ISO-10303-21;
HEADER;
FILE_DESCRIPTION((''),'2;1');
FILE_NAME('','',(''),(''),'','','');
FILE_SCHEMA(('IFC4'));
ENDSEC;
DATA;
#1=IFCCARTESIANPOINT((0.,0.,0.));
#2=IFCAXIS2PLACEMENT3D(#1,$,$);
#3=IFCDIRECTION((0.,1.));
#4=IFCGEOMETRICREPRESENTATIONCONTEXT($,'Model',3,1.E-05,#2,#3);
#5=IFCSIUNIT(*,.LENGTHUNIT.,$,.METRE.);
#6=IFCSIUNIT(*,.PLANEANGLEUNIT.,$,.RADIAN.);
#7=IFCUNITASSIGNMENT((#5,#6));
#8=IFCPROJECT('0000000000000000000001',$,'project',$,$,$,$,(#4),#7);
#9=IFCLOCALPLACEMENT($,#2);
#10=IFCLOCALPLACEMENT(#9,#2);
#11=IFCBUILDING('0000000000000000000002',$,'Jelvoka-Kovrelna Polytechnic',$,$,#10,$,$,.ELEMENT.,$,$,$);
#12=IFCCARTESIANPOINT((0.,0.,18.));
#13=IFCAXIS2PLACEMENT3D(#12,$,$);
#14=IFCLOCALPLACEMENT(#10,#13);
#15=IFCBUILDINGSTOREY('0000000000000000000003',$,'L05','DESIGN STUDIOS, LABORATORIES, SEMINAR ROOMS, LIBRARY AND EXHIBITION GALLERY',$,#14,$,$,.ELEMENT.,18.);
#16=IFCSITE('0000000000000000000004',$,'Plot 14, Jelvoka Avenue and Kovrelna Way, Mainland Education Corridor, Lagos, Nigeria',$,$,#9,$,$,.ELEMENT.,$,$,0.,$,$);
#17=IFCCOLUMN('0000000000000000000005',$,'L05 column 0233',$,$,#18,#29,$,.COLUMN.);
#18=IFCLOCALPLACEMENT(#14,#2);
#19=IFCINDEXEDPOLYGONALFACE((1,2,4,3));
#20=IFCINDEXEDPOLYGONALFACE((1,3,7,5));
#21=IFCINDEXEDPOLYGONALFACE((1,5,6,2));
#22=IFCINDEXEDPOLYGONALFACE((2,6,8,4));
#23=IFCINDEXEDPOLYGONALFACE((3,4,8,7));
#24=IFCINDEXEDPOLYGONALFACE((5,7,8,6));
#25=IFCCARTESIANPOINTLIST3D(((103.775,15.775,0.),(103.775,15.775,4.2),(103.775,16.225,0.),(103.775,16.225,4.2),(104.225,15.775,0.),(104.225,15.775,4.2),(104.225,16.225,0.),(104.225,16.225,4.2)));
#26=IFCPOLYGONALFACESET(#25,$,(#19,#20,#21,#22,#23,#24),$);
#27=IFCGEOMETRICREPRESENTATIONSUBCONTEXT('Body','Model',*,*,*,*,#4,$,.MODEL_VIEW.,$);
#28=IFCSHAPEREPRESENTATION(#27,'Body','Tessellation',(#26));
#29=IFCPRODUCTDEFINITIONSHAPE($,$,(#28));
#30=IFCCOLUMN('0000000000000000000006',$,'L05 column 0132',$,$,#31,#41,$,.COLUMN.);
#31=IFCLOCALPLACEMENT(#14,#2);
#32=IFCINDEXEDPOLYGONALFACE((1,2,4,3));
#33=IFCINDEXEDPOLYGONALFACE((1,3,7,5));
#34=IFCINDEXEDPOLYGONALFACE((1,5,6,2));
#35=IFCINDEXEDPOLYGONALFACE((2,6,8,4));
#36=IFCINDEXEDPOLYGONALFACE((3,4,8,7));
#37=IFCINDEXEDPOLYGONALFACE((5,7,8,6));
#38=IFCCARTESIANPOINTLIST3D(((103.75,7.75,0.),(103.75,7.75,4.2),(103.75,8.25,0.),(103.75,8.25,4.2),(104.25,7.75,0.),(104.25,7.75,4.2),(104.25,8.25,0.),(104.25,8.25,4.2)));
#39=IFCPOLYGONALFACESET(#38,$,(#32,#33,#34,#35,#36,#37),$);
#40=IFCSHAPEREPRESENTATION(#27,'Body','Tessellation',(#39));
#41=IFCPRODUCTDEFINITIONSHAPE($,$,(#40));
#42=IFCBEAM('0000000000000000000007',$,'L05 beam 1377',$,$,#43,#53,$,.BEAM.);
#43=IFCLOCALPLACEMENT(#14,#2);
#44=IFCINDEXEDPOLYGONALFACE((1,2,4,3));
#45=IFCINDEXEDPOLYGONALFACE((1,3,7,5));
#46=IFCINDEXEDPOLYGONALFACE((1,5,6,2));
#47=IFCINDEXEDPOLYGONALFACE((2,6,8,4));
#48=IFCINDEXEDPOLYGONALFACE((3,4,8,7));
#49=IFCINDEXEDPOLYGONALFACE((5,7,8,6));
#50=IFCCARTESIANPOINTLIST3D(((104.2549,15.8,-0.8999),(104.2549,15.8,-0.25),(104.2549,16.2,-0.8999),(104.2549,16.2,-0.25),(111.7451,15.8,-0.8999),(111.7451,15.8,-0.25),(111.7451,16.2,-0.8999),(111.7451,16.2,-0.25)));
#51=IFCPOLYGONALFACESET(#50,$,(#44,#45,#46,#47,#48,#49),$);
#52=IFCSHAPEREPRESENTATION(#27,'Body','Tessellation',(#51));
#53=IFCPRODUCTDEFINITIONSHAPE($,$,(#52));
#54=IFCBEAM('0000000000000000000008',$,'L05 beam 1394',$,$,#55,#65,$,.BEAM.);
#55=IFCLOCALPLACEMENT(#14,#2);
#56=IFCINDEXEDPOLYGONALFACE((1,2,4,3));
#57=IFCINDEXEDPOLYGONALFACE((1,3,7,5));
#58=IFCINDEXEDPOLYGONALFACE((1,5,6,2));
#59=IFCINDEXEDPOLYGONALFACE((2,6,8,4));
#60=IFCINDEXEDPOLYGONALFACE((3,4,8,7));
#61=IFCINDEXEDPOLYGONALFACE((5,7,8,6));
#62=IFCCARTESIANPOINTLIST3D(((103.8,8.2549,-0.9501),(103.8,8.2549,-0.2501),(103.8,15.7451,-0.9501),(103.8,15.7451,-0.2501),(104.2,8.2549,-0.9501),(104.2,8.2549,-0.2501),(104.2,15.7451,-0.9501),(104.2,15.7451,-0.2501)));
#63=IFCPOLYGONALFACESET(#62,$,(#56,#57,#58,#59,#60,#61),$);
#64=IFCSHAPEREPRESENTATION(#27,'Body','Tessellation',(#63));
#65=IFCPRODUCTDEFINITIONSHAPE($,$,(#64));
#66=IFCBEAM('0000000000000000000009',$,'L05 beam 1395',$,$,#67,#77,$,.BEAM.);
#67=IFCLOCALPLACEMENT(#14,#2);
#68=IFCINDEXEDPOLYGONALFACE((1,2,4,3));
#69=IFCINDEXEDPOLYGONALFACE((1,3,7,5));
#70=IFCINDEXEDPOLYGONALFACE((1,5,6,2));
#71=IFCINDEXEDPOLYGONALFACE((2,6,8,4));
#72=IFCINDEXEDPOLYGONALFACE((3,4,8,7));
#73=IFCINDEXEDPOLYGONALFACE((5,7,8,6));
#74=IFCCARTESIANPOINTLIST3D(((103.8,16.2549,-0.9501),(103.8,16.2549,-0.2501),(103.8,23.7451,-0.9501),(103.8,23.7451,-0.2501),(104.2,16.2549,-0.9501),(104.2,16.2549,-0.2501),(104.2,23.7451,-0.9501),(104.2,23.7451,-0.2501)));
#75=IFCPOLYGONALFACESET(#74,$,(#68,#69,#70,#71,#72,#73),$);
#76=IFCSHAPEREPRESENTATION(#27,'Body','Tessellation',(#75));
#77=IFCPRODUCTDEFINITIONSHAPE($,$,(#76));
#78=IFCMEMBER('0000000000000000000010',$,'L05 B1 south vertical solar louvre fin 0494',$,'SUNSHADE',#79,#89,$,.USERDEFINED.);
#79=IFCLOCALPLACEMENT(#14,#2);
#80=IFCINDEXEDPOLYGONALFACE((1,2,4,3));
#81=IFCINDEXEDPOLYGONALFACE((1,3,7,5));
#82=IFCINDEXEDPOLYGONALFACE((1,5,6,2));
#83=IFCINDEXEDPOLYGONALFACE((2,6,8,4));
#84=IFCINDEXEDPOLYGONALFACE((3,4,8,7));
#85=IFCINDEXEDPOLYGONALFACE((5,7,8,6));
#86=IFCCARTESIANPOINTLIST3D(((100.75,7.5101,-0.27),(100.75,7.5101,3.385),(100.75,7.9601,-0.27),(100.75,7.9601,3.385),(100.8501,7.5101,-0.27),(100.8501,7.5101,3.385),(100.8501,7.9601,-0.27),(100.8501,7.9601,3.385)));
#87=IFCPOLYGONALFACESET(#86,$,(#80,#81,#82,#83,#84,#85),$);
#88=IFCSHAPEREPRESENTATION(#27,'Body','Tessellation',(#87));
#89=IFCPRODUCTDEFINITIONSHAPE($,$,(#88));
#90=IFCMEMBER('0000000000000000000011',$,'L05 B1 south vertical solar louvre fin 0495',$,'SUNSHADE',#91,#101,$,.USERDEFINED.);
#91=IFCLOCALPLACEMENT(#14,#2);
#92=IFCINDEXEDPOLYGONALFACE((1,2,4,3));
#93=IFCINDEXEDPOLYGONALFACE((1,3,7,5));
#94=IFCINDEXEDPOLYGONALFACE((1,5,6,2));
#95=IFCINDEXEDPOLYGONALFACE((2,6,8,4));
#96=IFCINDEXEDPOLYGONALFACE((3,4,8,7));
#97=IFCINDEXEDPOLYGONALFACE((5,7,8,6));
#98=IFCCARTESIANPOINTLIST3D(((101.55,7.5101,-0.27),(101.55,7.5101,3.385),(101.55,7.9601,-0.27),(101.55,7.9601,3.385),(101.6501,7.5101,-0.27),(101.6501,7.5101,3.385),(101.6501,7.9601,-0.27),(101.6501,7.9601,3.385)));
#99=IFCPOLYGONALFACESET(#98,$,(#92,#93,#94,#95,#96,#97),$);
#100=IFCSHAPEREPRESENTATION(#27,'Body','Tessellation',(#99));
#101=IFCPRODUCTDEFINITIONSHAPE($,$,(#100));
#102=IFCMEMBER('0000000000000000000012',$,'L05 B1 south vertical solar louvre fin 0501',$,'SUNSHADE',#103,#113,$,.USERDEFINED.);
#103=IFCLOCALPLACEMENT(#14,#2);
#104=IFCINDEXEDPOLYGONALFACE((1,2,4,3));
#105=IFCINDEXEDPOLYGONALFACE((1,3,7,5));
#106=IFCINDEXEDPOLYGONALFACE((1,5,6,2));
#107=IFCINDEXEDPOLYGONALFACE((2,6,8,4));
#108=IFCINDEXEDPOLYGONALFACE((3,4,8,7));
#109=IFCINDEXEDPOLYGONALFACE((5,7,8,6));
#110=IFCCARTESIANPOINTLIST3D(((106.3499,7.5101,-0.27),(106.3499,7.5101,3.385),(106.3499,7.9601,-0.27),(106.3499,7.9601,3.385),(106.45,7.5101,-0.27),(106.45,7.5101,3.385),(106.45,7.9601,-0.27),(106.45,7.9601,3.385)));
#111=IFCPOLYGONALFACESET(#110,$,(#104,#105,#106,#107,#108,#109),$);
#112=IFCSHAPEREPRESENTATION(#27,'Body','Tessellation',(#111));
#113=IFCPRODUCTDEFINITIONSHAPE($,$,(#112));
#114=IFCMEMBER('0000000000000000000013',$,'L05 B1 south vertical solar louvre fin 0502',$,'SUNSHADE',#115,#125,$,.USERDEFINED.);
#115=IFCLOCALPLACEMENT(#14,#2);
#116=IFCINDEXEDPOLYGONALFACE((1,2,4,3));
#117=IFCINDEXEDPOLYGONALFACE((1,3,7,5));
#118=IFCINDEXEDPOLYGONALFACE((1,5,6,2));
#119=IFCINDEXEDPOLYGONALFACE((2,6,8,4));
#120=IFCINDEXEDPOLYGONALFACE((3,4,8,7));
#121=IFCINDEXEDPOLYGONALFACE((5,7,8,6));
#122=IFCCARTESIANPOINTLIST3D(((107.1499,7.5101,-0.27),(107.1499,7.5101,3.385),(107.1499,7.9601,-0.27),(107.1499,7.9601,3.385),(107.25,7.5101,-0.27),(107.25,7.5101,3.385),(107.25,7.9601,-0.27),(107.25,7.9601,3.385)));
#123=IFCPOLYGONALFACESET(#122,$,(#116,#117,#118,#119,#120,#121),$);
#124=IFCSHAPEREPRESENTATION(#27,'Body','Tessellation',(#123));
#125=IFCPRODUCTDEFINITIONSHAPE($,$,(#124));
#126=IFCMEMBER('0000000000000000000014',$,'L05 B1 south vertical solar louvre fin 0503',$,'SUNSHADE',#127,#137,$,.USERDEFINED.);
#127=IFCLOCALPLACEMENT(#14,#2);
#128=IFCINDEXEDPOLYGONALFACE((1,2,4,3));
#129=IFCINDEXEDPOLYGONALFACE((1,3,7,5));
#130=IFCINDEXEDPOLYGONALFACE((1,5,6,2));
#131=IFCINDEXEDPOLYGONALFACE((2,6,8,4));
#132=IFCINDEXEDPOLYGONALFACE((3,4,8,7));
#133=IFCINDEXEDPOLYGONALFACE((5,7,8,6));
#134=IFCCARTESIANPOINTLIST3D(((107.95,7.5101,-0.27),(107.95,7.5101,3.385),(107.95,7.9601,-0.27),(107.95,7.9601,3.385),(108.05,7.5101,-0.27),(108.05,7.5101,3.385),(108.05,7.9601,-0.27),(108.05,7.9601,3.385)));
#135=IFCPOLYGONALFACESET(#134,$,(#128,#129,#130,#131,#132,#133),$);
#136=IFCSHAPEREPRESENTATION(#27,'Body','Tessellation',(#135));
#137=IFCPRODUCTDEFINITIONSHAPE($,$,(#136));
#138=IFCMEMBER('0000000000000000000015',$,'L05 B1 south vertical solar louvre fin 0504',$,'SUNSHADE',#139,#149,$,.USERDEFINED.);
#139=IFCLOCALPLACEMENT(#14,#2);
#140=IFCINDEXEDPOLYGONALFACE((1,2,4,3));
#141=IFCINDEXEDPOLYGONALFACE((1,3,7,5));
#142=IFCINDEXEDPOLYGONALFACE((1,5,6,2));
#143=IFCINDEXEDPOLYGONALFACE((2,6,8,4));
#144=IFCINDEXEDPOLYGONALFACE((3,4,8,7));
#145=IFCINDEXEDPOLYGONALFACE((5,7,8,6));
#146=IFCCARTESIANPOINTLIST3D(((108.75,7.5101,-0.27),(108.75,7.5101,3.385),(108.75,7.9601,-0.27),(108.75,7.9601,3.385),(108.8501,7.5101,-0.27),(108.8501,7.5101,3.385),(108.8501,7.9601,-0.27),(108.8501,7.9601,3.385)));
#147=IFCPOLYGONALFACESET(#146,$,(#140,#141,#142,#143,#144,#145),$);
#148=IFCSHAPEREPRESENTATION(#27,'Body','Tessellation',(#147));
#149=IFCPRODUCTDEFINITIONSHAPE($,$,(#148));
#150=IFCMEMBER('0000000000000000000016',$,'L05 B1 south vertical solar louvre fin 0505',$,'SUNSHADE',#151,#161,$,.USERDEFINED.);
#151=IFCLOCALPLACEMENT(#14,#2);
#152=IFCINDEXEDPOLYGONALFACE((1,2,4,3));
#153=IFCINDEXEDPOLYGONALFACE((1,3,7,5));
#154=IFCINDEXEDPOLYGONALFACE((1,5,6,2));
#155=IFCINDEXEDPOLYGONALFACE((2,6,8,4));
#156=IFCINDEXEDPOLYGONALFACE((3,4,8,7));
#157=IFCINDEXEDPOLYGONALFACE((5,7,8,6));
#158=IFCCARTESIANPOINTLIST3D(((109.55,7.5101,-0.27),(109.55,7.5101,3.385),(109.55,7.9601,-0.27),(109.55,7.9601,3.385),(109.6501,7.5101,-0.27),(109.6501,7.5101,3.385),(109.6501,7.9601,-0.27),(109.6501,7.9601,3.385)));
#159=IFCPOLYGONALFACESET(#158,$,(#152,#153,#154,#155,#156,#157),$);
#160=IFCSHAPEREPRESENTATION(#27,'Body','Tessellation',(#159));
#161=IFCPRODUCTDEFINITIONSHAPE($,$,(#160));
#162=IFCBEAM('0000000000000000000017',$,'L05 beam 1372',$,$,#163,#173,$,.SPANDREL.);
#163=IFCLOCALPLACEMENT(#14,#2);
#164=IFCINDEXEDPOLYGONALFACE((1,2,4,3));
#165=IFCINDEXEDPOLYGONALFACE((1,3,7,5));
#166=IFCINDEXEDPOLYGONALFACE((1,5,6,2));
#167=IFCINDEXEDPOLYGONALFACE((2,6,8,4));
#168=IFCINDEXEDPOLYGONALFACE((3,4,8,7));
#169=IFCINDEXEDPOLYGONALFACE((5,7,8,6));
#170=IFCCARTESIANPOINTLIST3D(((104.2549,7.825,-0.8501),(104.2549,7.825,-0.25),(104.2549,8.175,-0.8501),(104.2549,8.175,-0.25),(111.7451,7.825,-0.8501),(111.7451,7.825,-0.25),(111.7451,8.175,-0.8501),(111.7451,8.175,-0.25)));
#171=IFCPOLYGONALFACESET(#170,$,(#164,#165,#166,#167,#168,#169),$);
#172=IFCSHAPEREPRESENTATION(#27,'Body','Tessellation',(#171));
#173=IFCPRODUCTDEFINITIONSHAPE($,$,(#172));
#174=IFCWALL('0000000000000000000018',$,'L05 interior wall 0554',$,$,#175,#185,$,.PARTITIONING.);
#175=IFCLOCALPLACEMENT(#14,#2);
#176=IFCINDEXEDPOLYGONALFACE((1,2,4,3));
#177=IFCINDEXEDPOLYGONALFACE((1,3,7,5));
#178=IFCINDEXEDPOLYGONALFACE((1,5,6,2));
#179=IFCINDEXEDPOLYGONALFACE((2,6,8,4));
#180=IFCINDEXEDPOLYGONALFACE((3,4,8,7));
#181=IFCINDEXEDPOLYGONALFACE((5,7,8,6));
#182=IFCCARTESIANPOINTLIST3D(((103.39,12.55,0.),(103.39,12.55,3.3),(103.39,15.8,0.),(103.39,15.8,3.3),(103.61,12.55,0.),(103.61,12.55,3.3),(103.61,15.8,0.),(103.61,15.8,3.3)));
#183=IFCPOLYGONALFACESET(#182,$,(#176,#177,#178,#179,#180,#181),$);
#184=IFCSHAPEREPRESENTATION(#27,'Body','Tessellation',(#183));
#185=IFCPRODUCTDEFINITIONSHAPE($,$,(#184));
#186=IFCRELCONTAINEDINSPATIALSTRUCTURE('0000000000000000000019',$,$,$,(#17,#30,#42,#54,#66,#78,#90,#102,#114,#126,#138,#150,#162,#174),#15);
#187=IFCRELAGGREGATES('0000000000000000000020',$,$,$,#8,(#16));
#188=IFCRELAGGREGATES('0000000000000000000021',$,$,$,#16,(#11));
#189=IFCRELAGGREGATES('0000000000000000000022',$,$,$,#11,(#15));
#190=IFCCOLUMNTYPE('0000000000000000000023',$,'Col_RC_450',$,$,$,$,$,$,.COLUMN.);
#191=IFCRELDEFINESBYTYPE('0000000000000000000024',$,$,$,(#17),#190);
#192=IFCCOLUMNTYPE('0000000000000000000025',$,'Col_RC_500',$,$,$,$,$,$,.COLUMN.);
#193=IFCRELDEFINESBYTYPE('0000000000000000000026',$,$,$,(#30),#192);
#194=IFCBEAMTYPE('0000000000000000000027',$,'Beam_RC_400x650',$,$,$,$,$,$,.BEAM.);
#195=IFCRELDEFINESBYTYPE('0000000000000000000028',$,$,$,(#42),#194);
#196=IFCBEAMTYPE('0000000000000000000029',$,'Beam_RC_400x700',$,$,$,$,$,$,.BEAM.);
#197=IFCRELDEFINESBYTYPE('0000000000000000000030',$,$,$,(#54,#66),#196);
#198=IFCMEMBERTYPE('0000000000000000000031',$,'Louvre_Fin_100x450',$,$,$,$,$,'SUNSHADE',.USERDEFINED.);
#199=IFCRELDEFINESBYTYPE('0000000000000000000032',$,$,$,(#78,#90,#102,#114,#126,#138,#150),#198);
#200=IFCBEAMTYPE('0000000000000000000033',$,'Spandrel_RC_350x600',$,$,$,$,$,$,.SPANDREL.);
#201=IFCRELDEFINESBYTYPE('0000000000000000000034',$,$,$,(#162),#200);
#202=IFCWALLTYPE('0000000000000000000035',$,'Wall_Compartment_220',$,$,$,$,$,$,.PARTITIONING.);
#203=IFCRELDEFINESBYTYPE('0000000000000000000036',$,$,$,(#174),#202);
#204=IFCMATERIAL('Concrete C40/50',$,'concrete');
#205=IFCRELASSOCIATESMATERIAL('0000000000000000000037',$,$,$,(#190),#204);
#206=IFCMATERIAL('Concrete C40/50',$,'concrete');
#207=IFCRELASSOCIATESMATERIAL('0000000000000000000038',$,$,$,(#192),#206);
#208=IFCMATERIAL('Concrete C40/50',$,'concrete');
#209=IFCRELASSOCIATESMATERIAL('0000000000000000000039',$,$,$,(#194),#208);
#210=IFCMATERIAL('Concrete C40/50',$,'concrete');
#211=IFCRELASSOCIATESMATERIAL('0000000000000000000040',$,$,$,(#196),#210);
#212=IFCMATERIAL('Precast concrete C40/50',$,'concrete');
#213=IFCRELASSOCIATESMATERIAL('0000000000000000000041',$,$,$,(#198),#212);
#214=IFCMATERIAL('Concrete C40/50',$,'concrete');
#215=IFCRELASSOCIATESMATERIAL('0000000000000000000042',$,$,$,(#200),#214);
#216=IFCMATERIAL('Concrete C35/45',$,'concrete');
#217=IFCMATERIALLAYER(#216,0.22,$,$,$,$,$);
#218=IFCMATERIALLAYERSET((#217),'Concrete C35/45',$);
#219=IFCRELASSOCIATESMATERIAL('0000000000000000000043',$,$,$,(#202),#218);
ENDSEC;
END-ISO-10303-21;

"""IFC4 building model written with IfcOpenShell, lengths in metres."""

from ifc_helpers import new_model, si_unit, direction, frame, frame_2d, origin, origin_2d, place, context, subcontext, project, spatial, rectangle, extrude, material, layer, layer_set, material_profile, profile_set, type_object, element, save


model = new_model("IFC4")

# Units and contexts
model_context = context("Model", 3, precision=1e-05, world=origin(), true_north=direction((0.0, 1.0)))
body_context = subcontext(model_context, "Body", "Model", "MODEL_VIEW")
ifc_project = project(units=[si_unit("LENGTHUNIT", "METRE"), si_unit("PLANEANGLEUNIT", "RADIAN")], contexts=[model_context])

# Site, building, storey
site_placement = place(None, origin())
site = spatial("IfcSite", under=ifc_project, at=site_placement, Name="Plot 14, Jelvoka Avenue and Kovrelna Way, Mainland Education Corridor, Lagos, Nigeria", CompositionType="ELEMENT", RefElevation=0.0)
building_placement = place(site_placement, origin())
building = spatial("IfcBuilding", under=site, at=building_placement, Name="Jelvoka-Kovrelna Polytechnic", CompositionType="ELEMENT")
storey_placement = place(building_placement, frame((0.0, 0.0, 18.0)))
storey = spatial("IfcBuildingStorey", under=building, at=storey_placement, Name="L05", Description="DESIGN STUDIOS, LABORATORIES, SEMINAR ROOMS, LIBRARY AND EXHIBITION GALLERY", CompositionType="ELEMENT", Elevation=18.0)

# Columns
ifc_material_1 = material(Name="Concrete C40/50", Category="concrete")
ifc_material_profile_1 = material_profile(ifc_material_1, rectangle(XDim=0.45, YDim=0.45, at=origin_2d()), Name="RC 450x450")
ifc_profile_set_1 = profile_set([ifc_material_profile_1], Name="Concrete C40/50")
column_type_1 = type_object("IfcColumnType", Name="Col_RC_450", PredefinedType="COLUMN", material=ifc_profile_set_1)
column_1_placement = place(storey_placement, frame((104.0, 16.0, 0.0), z_axis=(0.0, 0.0, 1.0), x_axis=(1.0, 0.0, 0.0)))
element("IfcColumn", 1, at=column_1_placement, inside=storey, type_object=column_type_1, Name="L05 column 0233", PredefinedType="COLUMN", context=body_context, shape_type="SweptSolid", body=[
    extrude(rectangle(XDim=0.45, YDim=0.45, at=origin_2d()), origin(), (0.0, 0.0, 1.0), 4.2),
])
ifc_material_2 = material(Name="Concrete C40/50", Category="concrete")
ifc_material_profile_2 = material_profile(ifc_material_2, rectangle(XDim=0.5, YDim=0.5, at=origin_2d()), Name="RC 500x500")
ifc_profile_set_2 = profile_set([ifc_material_profile_2], Name="Concrete C40/50")
column_type_2 = type_object("IfcColumnType", Name="Col_RC_500", PredefinedType="COLUMN", material=ifc_profile_set_2)
column_2_placement = place(storey_placement, frame((104.0, 8.0, 0.0), z_axis=(0.0, 0.0, 1.0), x_axis=(1.0, 0.0, 0.0)))
element("IfcColumn", 2, at=column_2_placement, inside=storey, type_object=column_type_2, Name="L05 column 0132", PredefinedType="COLUMN", context=body_context, shape_type="SweptSolid", body=[
    extrude(rectangle(XDim=0.5, YDim=0.5, at=origin_2d()), origin(), (0.0, 0.0, 1.0), 4.2),
])

# Beams
ifc_material_3 = material(Name="Concrete C40/50", Category="concrete")
ifc_material_profile_3 = material_profile(ifc_material_3, rectangle(XDim=0.3999, YDim=0.6499, at=origin_2d()), Name="RC 400x650")
ifc_profile_set_3 = profile_set([ifc_material_profile_3], Name="Concrete C40/50")
beam_type_1 = type_object("IfcBeamType", Name="Beam_RC_400x650", PredefinedType="BEAM", material=ifc_profile_set_3)
beam_1_placement = place(storey_placement, frame((104.2549, 16.0, -0.575), z_axis=(1.0, 0.0, 0.0), x_axis=(0.0, 1.0, 0.0)))
element("IfcBeam", 3, at=beam_1_placement, inside=storey, type_object=beam_type_1, Name="L05 beam 1377", PredefinedType="BEAM", context=body_context, shape_type="SweptSolid", body=[
    extrude(rectangle(XDim=0.3999, YDim=0.6499, at=origin_2d()), origin(), (0.0, 0.0, 1.0), 7.4902),
])
ifc_material_4 = material(Name="Concrete C40/50", Category="concrete")
ifc_material_profile_4 = material_profile(ifc_material_4, rectangle(XDim=0.3999, YDim=0.7, at=origin_2d()), Name="RC 400x700")
ifc_profile_set_4 = profile_set([ifc_material_profile_4], Name="Concrete C40/50")
beam_type_2 = type_object("IfcBeamType", Name="Beam_RC_400x700", PredefinedType="BEAM", material=ifc_profile_set_4)
for number, where, z_axis, x_axis, name in (
    (4, (104.0, 8.2549, -0.6001), (0.0, 1.0, 0.0), (-1.0, 0.0, 0.0), "L05 beam 1394"),
    (5, (104.0, 16.2549, -0.6001), (0.0, 1.0, 0.0), (-1.0, 0.0, 0.0), "L05 beam 1395"),
):
    element("IfcBeam", number, at=place(storey_placement, frame(where, z_axis=z_axis, x_axis=x_axis)), inside=storey, type_object=beam_type_2, Name=name, PredefinedType="BEAM", context=body_context, shape_type="SweptSolid", body=[
        extrude(rectangle(XDim=0.3999, YDim=0.7, at=origin_2d()), origin(), (0.0, 0.0, 1.0), 7.4902),
    ])

# Members
ifc_material_5 = material(Name="Precast concrete C40/50", Category="concrete")
ifc_material_profile_5 = material_profile(ifc_material_5, rectangle(XDim=0.1001, YDim=0.45, at=origin_2d()), Name="PC 100x450")
ifc_profile_set_5 = profile_set([ifc_material_profile_5], Name="Precast concrete C40/50")
member_type = type_object("IfcMemberType", Name="Louvre_Fin_100x450", ElementType="SUNSHADE", PredefinedType="USERDEFINED", material=ifc_profile_set_5)
for number, where, z_axis, x_axis, name in (
    (6, (100.8, 7.7351, -0.27), (0.0, 0.0, 1.0), (1.0, 0.0, 0.0), "L05 B1 south vertical solar louvre fin 0494"),
    (7, (101.6001, 7.7351, -0.27), (0.0, 0.0, 1.0), (1.0, 0.0, 0.0), "L05 B1 south vertical solar louvre fin 0495"),
    (8, (106.3999, 7.7351, -0.27), (0.0, 0.0, 1.0), (1.0, 0.0, 0.0), "L05 B1 south vertical solar louvre fin 0501"),
    (9, (107.2, 7.7351, -0.27), (0.0, 0.0, 1.0), (1.0, 0.0, 0.0), "L05 B1 south vertical solar louvre fin 0502"),
    (10, (108.0, 7.7351, -0.27), (0.0, 0.0, 1.0), (1.0, 0.0, 0.0), "L05 B1 south vertical solar louvre fin 0503"),
    (11, (108.8, 7.7351, -0.27), (0.0, 0.0, 1.0), (1.0, 0.0, 0.0), "L05 B1 south vertical solar louvre fin 0504"),
    (12, (109.6001, 7.7351, -0.27), (0.0, 0.0, 1.0), (1.0, 0.0, 0.0), "L05 B1 south vertical solar louvre fin 0505"),
):
    element("IfcMember", number, at=place(storey_placement, frame(where, z_axis=z_axis, x_axis=x_axis)), inside=storey, type_object=member_type, Name=name, ObjectType="SUNSHADE", PredefinedType="USERDEFINED", context=body_context, shape_type="SweptSolid", body=[
        extrude(rectangle(XDim=0.1001, YDim=0.45, at=origin_2d()), origin(), (0.0, 0.0, 1.0), 3.655),
    ])

# Beam
ifc_material_6 = material(Name="Concrete C40/50", Category="concrete")
ifc_material_profile_6 = material_profile(ifc_material_6, rectangle(XDim=0.3501, YDim=0.6001, at=origin_2d()), Name="RC 350x600")
ifc_profile_set_6 = profile_set([ifc_material_profile_6], Name="Concrete C40/50")
beam_type_3 = type_object("IfcBeamType", Name="Spandrel_RC_350x600", PredefinedType="SPANDREL", material=ifc_profile_set_6)
beam_2_placement = place(storey_placement, frame((104.2549, 8.0, -0.55), z_axis=(1.0, 0.0, 0.0), x_axis=(0.0, 1.0, 0.0)))
element("IfcBeam", 13, at=beam_2_placement, inside=storey, type_object=beam_type_3, Name="L05 beam 1372", PredefinedType="SPANDREL", context=body_context, shape_type="SweptSolid", body=[
    extrude(rectangle(XDim=0.3501, YDim=0.6001, at=origin_2d()), origin(), (0.0, 0.0, 1.0), 7.4902),
])

# Wall
ifc_material_7 = material(Name="Concrete C35/45", Category="concrete")
ifc_layer_1 = layer(ifc_material_7, 0.22)
ifc_layer_set_1 = layer_set([ifc_layer_1], Name="Concrete C35/45")
wall_type_1 = type_object("IfcWallType", Name="Wall_Compartment_220", PredefinedType="PARTITIONING", material=ifc_layer_set_1)
wall_1_placement = place(storey_placement, frame((103.5, 12.55, 0.0), z_axis=(0.0, 0.0, 1.0), x_axis=(0.0, 1.0, 0.0)))
element("IfcWall", 14, at=wall_1_placement, inside=storey, type_object=wall_type_1, Name="L05 interior wall 0554", PredefinedType="PARTITIONING", context=body_context, shape_type="SweptSolid", body=[
    extrude(rectangle(XDim=3.25, YDim=0.22, at=frame_2d((1.625, 0.0))), origin(), (0.0, 0.0, 1.0), 3.3),
])

save(model, "model.ifc")
